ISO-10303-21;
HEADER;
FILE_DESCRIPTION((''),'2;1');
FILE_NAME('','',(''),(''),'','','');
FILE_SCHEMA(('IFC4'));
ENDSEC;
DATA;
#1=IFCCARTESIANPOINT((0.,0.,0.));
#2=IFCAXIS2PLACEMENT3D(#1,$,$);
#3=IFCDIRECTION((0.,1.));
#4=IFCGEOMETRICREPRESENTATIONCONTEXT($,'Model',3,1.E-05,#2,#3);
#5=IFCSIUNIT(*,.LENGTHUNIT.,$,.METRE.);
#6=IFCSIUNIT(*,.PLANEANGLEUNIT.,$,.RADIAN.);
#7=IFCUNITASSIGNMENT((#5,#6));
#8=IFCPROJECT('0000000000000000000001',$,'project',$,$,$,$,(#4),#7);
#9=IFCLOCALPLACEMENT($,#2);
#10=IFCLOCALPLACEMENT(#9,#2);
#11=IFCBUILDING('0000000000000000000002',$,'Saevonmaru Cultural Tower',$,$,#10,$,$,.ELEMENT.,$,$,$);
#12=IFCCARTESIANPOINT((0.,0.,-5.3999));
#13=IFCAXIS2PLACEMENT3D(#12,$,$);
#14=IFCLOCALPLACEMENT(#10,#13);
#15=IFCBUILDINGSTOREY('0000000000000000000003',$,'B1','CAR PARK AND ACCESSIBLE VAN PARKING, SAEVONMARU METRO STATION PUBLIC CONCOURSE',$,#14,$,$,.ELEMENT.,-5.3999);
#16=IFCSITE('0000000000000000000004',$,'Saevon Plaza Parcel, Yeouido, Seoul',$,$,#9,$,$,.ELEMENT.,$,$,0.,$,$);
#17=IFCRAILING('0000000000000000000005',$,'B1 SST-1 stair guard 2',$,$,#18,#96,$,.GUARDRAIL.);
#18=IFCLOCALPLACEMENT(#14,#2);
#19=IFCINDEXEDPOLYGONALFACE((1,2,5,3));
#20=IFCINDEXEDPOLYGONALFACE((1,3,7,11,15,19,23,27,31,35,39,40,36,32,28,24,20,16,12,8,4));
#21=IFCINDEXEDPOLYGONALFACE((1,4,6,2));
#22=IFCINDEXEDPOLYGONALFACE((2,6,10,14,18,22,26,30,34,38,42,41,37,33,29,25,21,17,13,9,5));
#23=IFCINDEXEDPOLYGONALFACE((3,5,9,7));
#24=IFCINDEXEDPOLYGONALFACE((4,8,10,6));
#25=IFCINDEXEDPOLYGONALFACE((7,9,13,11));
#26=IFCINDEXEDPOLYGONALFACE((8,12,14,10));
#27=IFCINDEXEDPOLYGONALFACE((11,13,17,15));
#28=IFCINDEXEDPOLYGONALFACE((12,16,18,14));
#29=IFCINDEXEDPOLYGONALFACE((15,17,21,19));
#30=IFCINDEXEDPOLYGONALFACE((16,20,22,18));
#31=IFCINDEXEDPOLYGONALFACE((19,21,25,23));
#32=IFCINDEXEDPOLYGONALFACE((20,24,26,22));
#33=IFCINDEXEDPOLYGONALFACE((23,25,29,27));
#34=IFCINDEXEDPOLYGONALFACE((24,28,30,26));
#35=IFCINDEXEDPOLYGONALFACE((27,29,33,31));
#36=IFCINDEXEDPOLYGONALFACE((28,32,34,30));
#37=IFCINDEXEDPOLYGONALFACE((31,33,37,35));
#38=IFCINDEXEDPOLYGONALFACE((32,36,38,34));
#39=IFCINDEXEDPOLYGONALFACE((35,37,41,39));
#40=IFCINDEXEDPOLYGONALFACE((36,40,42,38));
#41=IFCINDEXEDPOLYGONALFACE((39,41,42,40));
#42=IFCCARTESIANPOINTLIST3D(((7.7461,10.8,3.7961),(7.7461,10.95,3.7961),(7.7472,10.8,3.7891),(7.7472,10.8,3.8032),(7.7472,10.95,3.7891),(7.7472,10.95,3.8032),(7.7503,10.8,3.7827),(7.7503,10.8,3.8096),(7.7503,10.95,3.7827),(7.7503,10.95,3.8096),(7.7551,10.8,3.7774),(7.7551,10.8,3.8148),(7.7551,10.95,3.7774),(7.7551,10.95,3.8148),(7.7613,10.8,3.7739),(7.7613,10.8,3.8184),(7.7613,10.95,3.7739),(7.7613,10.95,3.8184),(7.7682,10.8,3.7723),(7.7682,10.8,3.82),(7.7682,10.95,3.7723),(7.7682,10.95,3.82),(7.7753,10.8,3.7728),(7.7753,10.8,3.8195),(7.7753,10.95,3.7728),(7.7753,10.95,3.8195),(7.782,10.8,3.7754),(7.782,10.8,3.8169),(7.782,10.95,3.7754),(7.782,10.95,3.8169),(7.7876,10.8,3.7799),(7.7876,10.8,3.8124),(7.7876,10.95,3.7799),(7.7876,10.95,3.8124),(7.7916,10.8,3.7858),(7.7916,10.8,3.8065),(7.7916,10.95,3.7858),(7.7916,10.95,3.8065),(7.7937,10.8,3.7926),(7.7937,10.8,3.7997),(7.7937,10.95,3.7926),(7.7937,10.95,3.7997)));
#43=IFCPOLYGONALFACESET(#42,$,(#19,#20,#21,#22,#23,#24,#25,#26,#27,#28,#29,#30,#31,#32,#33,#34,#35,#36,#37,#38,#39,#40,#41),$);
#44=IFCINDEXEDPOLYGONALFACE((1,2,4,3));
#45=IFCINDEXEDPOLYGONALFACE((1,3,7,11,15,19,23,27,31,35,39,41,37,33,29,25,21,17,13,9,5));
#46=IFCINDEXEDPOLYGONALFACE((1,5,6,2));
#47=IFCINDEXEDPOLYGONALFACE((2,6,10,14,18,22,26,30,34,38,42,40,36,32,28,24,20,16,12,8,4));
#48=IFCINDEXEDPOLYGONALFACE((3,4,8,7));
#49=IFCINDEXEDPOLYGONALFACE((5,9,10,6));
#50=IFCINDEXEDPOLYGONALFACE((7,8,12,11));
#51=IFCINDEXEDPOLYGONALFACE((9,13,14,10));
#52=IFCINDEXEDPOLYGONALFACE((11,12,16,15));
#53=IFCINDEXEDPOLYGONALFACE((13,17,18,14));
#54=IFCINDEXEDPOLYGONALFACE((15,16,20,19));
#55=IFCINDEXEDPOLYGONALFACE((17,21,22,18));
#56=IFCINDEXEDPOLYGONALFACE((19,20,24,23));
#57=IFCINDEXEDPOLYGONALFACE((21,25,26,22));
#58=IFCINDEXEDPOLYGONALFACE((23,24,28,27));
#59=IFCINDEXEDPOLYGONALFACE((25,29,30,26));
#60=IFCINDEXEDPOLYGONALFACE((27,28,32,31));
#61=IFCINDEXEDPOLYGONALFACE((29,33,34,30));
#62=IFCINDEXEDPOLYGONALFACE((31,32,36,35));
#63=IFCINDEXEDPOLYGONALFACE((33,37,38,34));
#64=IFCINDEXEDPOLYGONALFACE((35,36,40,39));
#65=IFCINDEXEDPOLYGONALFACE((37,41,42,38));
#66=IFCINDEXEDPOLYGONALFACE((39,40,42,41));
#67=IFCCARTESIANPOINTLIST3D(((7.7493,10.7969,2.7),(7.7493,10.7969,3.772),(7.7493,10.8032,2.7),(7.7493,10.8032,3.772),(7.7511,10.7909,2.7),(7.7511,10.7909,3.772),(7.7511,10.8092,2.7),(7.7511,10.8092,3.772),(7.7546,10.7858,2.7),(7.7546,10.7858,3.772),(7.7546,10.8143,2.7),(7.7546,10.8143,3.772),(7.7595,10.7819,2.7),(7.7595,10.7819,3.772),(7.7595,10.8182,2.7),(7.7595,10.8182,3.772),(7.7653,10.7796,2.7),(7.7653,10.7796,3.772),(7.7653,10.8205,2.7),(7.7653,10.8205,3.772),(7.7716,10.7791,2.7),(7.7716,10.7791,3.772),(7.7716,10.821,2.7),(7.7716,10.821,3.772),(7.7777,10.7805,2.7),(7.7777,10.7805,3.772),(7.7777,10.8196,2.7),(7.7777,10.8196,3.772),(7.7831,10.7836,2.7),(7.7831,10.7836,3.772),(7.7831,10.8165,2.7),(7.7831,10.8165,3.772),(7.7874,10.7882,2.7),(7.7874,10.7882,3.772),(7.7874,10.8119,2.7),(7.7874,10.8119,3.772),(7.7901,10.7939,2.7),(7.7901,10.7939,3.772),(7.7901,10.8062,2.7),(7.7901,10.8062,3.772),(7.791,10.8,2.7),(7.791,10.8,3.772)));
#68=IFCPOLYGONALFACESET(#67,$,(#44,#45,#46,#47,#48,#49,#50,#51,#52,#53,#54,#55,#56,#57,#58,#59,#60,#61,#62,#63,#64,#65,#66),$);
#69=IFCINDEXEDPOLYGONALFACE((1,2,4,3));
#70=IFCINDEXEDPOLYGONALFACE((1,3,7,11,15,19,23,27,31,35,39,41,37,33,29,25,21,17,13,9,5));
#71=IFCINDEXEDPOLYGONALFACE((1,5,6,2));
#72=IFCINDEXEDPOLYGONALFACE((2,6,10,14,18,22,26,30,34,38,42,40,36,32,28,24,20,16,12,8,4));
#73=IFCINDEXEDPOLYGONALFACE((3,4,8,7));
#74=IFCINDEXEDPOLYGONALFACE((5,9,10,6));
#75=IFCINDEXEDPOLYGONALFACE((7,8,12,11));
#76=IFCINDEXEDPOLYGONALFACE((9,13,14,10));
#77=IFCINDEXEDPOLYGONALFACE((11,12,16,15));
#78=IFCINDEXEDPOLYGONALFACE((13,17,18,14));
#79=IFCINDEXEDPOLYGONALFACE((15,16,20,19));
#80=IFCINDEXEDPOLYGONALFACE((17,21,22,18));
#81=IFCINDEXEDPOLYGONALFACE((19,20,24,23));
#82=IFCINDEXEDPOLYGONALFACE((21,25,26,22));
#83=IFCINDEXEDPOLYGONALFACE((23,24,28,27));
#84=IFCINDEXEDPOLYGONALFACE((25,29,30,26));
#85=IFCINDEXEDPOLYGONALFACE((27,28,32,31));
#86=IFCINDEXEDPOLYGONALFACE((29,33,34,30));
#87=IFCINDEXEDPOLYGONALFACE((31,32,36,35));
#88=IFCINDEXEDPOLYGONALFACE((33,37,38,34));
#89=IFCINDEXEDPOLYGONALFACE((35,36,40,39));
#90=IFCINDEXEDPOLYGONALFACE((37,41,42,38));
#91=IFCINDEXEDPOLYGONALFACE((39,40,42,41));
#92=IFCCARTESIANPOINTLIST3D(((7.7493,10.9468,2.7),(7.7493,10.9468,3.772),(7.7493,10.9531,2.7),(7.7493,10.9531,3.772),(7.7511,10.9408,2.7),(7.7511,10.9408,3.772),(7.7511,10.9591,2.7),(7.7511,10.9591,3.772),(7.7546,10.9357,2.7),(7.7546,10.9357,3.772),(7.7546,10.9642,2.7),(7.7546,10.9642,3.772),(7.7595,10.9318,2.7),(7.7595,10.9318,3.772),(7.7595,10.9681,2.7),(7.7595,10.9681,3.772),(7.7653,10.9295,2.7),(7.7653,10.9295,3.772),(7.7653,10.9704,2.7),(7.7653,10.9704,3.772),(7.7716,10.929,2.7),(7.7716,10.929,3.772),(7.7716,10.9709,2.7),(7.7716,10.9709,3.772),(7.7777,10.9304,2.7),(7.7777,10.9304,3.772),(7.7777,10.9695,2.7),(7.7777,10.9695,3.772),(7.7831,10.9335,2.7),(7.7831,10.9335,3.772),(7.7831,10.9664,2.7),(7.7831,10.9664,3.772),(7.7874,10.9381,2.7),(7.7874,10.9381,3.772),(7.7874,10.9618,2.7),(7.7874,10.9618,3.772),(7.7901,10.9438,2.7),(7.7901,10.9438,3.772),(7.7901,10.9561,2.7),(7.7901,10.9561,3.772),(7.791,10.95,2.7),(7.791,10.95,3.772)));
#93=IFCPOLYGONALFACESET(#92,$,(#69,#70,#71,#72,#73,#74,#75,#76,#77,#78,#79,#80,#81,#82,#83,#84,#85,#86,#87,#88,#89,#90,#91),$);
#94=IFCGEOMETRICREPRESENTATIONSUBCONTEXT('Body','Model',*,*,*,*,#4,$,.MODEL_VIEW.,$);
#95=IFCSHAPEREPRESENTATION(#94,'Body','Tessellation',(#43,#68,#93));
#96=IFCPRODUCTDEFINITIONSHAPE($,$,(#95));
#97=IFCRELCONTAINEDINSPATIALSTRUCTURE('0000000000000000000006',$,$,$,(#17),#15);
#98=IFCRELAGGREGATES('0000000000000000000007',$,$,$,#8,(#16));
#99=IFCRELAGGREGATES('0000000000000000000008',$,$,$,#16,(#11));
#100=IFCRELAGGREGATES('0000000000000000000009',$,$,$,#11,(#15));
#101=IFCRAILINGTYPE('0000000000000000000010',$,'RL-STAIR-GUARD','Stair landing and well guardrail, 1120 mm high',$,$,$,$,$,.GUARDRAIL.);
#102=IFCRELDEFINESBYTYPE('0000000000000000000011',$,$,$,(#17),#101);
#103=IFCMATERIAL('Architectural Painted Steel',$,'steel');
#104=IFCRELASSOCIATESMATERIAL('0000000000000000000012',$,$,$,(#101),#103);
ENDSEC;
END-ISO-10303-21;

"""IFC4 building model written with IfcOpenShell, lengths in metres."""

from ifc_helpers import new_model, si_unit, direction, frame, origin, origin_2d, place, context, subcontext, project, spatial, circle, extrude, material, type_object, element, save


model = new_model("IFC4")

# Units and contexts
model_context = context("Model", 3, precision=1e-05, world=origin(), true_north=direction((0.0, 1.0)))
body_context = subcontext(model_context, "Body", "Model", "MODEL_VIEW")
ifc_project = project(units=[si_unit("LENGTHUNIT", "METRE"), si_unit("PLANEANGLEUNIT", "RADIAN")], contexts=[model_context])

# Site, building, storey
site_placement = place(None, origin())
site = spatial("IfcSite", under=ifc_project, at=site_placement, Name="Saevon Plaza Parcel, Yeouido, Seoul", CompositionType="ELEMENT", RefElevation=0.0)
building_placement = place(site_placement, origin())
building = spatial("IfcBuilding", under=site, at=building_placement, Name="Saevonmaru Cultural Tower", CompositionType="ELEMENT")
storey_placement = place(building_placement, frame((0.0, 0.0, -5.3999)))
storey = spatial("IfcBuildingStorey", under=building, at=storey_placement, Name="B1", Description="CAR PARK AND ACCESSIBLE VAN PARKING, SAEVONMARU METRO STATION PUBLIC CONCOURSE", CompositionType="ELEMENT", Elevation=-5.3999)

# Railing
ifc_material_1 = material(Name="Architectural Painted Steel", Category="steel")
railing_type_1 = type_object("IfcRailingType", Name="RL-STAIR-GUARD", Description="Stair landing and well guardrail, 1120 mm high", PredefinedType="GUARDRAIL", material=ifc_material_1)
railing_1_placement = place(storey_placement, frame((7.77, 10.8, 2.7)))
element("IfcRailing", 1, at=railing_1_placement, inside=storey, type_object=railing_type_1, Name="B1 SST-1 stair guard 2", PredefinedType="GUARDRAIL", context=body_context, shape_type="SweptSolid", body=[
    extrude(circle(Radius=0.0239, at=origin_2d()), frame((0.0, 0.0, 1.0962), z_axis=(0.0, 1.0, 0.0), x_axis=(-1.0, 0.0, 0.0)), (0.0, 0.0, 1.0), 0.1499),
    extrude(circle(Radius=0.021, at=origin_2d()), origin(), (0.0, 0.0, 1.0), 1.072),
    extrude(circle(Radius=0.021, at=origin_2d()), frame((0.0, 0.1499, 0.0)), (0.0, 0.0, 1.0), 1.072),
])

save(model, "model.ifc")
